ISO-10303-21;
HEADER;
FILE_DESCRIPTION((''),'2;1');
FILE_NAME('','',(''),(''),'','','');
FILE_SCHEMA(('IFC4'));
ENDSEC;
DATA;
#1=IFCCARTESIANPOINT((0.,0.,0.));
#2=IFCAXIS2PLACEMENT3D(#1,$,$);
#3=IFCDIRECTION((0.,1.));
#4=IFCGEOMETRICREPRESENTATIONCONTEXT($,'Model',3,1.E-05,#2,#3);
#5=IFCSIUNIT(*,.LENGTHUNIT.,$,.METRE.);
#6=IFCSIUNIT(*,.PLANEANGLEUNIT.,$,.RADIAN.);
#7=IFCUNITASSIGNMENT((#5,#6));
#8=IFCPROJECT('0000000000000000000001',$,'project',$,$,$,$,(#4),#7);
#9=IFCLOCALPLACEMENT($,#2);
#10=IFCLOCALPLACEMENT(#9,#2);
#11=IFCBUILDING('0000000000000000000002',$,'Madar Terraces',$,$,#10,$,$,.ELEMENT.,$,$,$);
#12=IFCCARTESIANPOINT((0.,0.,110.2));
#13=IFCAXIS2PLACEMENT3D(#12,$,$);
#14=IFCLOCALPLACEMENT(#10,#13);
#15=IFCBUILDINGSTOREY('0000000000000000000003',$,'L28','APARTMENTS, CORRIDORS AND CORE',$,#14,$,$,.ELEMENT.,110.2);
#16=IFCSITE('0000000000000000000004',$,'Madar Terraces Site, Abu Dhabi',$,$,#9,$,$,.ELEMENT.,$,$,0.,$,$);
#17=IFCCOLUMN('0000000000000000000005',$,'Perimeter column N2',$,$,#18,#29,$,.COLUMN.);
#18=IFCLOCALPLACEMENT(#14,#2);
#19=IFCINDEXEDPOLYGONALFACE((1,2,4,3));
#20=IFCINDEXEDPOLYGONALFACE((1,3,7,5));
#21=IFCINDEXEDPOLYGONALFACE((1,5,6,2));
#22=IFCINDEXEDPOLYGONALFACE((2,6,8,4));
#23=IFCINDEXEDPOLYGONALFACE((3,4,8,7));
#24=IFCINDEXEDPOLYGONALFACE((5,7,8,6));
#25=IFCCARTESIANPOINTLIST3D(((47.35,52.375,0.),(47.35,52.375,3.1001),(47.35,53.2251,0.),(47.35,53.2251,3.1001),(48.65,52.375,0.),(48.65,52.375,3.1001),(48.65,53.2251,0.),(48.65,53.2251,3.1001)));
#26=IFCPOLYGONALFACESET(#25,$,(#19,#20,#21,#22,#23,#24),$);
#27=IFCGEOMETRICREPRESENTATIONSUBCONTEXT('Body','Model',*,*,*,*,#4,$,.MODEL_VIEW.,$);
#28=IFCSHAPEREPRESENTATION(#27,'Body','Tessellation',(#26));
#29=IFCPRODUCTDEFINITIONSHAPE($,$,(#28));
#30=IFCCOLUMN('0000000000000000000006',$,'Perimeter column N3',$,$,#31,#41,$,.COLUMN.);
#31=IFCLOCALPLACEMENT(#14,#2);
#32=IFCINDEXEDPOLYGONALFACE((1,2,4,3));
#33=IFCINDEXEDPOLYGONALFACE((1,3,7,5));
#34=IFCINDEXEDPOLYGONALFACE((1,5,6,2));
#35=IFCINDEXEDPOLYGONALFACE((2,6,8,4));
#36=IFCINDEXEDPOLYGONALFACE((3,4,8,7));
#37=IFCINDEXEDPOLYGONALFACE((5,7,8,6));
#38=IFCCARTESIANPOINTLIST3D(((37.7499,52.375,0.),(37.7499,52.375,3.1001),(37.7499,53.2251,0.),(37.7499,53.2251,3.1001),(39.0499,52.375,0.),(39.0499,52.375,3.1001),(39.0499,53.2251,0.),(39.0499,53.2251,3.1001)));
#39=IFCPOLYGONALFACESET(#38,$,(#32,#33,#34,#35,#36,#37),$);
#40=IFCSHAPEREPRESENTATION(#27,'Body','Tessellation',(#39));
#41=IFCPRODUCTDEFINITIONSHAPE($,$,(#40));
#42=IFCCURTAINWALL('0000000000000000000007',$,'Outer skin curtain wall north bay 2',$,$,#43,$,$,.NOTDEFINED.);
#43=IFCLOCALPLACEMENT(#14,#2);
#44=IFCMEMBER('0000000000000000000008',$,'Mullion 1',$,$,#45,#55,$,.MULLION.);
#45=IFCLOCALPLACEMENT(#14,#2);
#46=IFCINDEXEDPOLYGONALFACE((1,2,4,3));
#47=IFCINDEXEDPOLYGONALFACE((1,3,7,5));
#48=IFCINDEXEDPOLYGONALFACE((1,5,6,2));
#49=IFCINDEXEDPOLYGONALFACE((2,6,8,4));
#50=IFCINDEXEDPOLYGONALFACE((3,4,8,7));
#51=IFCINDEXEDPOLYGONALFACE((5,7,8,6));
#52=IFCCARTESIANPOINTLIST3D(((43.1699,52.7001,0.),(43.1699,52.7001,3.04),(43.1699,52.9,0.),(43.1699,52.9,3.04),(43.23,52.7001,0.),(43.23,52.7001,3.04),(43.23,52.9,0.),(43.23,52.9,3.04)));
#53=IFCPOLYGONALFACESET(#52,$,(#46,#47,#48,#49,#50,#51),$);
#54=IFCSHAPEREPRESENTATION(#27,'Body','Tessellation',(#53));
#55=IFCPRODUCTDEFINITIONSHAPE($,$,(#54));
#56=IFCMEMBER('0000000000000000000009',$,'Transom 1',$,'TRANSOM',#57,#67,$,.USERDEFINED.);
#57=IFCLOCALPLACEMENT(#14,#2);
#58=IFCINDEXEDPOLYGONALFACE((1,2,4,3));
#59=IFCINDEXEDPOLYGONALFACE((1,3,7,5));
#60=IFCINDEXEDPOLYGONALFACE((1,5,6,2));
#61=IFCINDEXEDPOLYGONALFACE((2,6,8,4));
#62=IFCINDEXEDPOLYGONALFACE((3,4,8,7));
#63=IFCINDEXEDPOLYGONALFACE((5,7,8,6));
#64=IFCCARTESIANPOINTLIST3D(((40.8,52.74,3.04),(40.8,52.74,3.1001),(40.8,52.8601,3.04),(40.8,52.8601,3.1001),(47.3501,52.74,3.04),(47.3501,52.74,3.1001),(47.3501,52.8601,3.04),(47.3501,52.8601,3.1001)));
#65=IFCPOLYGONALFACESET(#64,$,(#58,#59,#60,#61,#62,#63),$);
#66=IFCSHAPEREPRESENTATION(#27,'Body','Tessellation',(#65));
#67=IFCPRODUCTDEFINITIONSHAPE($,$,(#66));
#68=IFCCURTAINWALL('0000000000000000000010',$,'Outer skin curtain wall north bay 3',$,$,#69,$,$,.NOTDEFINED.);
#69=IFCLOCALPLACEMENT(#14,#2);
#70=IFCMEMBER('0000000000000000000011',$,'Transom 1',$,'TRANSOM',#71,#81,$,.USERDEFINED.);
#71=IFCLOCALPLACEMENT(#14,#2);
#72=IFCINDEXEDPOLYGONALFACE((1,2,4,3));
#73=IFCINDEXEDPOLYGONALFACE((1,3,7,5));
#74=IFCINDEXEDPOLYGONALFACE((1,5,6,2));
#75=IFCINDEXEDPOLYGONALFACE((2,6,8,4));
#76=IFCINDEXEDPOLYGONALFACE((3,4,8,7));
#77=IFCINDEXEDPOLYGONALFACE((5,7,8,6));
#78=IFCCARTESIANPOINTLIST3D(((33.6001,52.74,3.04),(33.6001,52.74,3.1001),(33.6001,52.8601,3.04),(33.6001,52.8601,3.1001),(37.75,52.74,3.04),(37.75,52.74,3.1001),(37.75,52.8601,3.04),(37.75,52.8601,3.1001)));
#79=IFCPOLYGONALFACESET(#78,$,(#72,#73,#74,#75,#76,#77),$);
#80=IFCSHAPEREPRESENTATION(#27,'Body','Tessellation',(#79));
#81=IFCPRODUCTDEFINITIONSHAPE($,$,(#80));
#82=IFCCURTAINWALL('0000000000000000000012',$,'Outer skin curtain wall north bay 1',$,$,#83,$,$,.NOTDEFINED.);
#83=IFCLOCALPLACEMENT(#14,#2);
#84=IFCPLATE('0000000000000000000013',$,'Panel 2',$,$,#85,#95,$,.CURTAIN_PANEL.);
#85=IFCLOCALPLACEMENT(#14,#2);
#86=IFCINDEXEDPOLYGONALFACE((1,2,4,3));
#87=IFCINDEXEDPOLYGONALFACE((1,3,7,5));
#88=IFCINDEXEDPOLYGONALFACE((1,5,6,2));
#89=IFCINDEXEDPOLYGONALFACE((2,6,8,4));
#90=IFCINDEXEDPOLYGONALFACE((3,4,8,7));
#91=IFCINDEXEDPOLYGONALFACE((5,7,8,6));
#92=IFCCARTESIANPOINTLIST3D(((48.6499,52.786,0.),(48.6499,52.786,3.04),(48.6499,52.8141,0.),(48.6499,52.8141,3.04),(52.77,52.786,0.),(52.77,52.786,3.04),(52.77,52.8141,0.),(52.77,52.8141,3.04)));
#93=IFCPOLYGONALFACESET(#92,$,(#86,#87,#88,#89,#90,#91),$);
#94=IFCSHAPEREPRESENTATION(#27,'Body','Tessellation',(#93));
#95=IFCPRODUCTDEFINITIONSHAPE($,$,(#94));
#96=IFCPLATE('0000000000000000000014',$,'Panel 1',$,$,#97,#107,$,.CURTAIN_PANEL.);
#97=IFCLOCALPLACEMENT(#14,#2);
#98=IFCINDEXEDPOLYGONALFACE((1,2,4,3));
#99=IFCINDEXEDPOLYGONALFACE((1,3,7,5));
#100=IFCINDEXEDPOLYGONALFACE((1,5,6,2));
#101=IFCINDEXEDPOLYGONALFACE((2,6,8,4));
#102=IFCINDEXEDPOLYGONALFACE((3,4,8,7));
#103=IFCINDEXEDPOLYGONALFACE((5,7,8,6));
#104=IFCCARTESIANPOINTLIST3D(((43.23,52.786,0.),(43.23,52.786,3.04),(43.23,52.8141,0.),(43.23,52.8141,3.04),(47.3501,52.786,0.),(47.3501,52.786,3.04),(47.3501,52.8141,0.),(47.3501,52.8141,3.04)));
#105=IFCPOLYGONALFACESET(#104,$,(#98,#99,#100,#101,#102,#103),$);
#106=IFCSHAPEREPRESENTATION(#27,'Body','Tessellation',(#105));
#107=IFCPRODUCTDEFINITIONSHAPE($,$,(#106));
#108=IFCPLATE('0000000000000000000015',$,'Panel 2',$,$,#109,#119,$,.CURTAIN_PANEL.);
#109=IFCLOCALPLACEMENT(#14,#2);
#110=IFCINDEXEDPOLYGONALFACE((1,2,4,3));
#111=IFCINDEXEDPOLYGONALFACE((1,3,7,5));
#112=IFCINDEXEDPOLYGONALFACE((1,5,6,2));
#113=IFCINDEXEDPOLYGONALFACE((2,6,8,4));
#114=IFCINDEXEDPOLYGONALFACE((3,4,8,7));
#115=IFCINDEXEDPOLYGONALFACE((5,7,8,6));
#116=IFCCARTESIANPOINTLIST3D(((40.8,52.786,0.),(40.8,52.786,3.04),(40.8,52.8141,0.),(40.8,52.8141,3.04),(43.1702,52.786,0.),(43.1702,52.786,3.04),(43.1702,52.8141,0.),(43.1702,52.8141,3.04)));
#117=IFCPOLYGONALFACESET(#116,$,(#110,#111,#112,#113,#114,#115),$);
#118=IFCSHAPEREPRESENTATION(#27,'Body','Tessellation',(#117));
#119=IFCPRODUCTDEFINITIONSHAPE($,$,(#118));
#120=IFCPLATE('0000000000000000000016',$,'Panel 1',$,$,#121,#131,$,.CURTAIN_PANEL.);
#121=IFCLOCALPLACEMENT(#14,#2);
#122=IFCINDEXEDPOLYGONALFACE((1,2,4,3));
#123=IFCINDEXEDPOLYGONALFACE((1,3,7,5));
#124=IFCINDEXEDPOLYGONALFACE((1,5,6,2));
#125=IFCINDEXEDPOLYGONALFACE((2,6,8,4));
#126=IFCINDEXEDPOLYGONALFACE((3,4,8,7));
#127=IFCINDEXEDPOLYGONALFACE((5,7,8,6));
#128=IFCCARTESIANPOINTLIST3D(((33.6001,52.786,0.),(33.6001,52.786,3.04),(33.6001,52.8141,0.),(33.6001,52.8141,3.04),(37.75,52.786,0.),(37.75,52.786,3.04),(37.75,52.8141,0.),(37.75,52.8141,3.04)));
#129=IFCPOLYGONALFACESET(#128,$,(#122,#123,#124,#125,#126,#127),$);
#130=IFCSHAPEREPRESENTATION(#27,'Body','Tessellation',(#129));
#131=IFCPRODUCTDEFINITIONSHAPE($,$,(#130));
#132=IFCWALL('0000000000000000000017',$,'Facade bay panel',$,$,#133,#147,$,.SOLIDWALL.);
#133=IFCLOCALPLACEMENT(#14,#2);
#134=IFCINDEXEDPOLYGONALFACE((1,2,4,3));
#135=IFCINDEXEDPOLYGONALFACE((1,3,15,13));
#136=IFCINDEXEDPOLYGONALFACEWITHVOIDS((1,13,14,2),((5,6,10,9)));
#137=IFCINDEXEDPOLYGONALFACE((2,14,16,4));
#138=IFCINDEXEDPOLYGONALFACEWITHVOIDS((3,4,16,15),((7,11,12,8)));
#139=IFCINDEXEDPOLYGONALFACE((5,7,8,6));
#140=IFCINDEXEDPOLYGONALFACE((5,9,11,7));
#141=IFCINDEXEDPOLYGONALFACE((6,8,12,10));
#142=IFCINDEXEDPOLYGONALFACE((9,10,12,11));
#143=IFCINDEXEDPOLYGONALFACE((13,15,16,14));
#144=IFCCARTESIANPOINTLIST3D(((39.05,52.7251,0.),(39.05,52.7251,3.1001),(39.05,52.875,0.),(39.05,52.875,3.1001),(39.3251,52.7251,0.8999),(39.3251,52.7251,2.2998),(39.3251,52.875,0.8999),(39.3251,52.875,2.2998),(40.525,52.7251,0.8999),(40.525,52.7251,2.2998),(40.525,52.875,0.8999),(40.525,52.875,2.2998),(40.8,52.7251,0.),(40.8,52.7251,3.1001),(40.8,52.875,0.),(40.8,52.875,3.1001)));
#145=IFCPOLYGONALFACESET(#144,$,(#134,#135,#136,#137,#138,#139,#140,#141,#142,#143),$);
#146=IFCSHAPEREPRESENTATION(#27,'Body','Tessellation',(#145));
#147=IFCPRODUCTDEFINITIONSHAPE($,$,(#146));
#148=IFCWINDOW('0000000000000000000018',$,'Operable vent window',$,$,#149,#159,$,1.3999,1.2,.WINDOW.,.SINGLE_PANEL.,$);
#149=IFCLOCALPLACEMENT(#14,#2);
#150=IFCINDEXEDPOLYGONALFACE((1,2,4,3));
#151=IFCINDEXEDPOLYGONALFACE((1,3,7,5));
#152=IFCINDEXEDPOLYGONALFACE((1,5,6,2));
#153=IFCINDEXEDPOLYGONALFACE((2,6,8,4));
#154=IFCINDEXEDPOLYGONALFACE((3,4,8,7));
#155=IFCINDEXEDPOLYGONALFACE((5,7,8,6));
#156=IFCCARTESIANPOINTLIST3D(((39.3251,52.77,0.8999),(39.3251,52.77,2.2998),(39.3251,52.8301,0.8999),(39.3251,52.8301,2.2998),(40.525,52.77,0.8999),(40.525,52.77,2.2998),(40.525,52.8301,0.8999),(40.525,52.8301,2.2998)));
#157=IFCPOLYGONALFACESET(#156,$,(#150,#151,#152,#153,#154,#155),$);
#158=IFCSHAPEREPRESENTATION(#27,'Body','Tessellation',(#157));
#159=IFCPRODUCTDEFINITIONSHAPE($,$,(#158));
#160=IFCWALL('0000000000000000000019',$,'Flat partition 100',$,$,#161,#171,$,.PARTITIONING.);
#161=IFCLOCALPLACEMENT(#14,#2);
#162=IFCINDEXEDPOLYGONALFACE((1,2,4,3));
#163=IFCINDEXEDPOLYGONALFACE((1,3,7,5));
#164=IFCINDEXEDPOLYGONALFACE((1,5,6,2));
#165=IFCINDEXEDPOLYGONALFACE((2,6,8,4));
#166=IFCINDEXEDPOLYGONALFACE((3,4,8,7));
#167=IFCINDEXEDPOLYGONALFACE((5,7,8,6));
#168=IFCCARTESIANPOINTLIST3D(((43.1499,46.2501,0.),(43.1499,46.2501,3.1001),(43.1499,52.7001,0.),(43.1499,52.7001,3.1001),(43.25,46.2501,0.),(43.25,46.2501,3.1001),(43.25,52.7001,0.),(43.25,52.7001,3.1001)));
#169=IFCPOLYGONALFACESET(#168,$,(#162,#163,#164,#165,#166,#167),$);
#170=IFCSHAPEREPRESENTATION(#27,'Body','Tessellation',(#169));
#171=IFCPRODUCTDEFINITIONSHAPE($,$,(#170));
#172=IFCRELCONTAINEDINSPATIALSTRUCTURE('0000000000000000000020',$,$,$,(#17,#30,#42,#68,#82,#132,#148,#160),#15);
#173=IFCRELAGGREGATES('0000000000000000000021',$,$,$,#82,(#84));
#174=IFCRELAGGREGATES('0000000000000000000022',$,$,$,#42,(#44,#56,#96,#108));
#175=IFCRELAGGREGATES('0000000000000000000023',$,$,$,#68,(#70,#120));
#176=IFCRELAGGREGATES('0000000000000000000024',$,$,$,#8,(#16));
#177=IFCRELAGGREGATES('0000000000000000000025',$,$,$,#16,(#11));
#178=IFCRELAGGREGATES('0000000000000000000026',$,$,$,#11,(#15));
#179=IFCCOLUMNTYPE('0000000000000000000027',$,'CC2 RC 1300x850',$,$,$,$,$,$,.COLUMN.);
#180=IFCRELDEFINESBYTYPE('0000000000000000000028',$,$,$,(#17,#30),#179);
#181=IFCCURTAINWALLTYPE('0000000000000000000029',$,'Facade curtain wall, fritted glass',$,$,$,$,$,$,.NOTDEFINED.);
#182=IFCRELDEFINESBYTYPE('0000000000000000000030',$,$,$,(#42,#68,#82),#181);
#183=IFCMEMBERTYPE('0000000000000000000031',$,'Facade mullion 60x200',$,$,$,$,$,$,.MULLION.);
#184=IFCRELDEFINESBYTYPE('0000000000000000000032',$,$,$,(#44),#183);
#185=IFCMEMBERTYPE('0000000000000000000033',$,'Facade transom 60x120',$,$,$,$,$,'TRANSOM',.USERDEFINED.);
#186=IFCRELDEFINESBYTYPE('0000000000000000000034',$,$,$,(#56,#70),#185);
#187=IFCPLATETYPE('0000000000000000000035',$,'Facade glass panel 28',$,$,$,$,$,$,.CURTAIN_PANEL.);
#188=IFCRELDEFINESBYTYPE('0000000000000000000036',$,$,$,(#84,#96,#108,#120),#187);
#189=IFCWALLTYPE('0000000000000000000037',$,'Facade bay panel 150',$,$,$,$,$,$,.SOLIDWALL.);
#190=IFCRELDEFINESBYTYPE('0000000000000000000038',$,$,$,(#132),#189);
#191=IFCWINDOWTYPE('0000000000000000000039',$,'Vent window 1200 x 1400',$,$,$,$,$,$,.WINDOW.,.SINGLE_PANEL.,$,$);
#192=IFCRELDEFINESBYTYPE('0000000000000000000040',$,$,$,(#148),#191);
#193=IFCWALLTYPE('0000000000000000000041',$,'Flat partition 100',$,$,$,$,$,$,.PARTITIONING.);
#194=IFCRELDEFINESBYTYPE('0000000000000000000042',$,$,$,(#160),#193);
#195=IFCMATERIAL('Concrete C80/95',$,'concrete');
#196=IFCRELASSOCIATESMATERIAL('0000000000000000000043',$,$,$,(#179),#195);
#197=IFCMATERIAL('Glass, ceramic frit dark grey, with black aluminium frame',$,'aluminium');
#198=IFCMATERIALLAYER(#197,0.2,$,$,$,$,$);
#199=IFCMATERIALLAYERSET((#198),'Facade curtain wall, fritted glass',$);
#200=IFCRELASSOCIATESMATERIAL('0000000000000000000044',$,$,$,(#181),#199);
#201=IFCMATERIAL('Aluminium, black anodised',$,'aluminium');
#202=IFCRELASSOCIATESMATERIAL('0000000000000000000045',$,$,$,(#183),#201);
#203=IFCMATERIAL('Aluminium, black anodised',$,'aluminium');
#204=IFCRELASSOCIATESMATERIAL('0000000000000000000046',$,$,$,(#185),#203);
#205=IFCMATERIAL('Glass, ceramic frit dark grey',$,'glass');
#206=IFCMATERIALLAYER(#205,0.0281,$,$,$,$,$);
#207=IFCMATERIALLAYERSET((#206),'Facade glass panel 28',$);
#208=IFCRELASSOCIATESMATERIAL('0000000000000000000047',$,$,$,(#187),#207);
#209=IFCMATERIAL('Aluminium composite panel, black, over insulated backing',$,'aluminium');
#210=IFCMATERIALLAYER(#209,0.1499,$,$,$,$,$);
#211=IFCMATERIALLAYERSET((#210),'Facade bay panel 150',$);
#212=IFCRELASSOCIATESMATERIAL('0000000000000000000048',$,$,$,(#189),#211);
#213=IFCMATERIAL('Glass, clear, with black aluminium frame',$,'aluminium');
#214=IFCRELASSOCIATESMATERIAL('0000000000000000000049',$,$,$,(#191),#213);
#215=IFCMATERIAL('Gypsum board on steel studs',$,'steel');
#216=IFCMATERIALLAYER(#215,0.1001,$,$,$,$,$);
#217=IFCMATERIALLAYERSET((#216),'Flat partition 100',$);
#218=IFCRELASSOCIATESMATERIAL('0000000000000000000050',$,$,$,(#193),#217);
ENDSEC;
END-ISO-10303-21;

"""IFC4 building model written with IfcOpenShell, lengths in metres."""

from ifc_helpers import new_model, si_unit, direction, frame, frame_2d, origin, origin_2d, place, context, subcontext, project, spatial, rectangle, extrude, material, layer, layer_set, material_profile, profile_set, type_object, element, fill, aggregate, save


model = new_model("IFC4")

# Units and contexts
model_context = context("Model", 3, precision=1e-05, world=origin(), true_north=direction((0.0, 1.0)))
body_context = subcontext(model_context, "Body", "Model", "MODEL_VIEW")
ifc_project = project(units=[si_unit("LENGTHUNIT", "METRE"), si_unit("PLANEANGLEUNIT", "RADIAN")], contexts=[model_context])

# Site, building, storey
site_placement = place(None, origin())
site = spatial("IfcSite", under=ifc_project, at=site_placement, Name="Madar Terraces Site, Abu Dhabi", CompositionType="ELEMENT", RefElevation=0.0)
building_placement = place(site_placement, origin())
building = spatial("IfcBuilding", under=site, at=building_placement, Name="Madar Terraces", CompositionType="ELEMENT")
storey_placement = place(building_placement, frame((0.0, 0.0, 110.2)))
storey = spatial("IfcBuildingStorey", under=building, at=storey_placement, Name="L28", Description="APARTMENTS, CORRIDORS AND CORE", CompositionType="ELEMENT", Elevation=110.2)

# Columns
ifc_material_1 = material(Name="Concrete C80/95", Category="concrete")
ifc_material_profile_1 = material_profile(ifc_material_1, rectangle(XDim=1.3, YDim=0.8501, at=origin_2d()), Name="CC2 RC 1300x850")
ifc_profile_set_1 = profile_set([ifc_material_profile_1], Name="Concrete C80/95")
column_type = type_object("IfcColumnType", Name="CC2 RC 1300x850", PredefinedType="COLUMN", material=ifc_profile_set_1)
for number, where, z_axis, x_axis, name in (
    (1, (48.0, 52.8, 0.0), (0.0, 0.0, 1.0), (1.0, 0.0, 0.0), "Perimeter column N2"),
    (2, (38.3999, 52.8, 0.0), (0.0, 0.0, 1.0), (1.0, 0.0, 0.0), "Perimeter column N3"),
):
    element("IfcColumn", number, at=place(storey_placement, frame(where, z_axis=z_axis, x_axis=x_axis)), inside=storey, type_object=column_type, Name=name, PredefinedType="COLUMN", context=body_context, shape_type="SweptSolid", body=[
        extrude(rectangle(XDim=1.3, YDim=0.8501, at=origin_2d()), origin(), (0.0, 0.0, 1.0), 3.1001),
    ])

# Curtain wall, members
ifc_material_2 = material(Name="Glass, ceramic frit dark grey, with black aluminium frame", Category="aluminium")
ifc_layer_1 = layer(ifc_material_2, 0.2)
ifc_layer_set_1 = layer_set([ifc_layer_1], Name="Facade curtain wall, fritted glass")
curtain_wall_type = type_object("IfcCurtainWallType", Name="Facade curtain wall, fritted glass", PredefinedType="NOTDEFINED", material=ifc_layer_set_1)
curtain_wall_1_placement = place(storey_placement, origin())
curtain_wall_1 = element("IfcCurtainWall", 3, at=curtain_wall_1_placement, inside=storey, type_object=curtain_wall_type, Name="Outer skin curtain wall north bay 2", PredefinedType="NOTDEFINED")
ifc_material_3 = material(Name="Aluminium, black anodised", Category="aluminium")
ifc_material_profile_2 = material_profile(ifc_material_3, rectangle(XDim=0.2, YDim=0.0601, at=origin_2d()), Name="Facade mullion 60x200")
ifc_profile_set_2 = profile_set([ifc_material_profile_2], Name="Aluminium, black anodised")
member_type_1 = type_object("IfcMemberType", Name="Facade mullion 60x200", PredefinedType="MULLION", material=ifc_profile_set_2)
member_1_placement = place(storey_placement, frame((43.2, 52.8, 0.0), z_axis=(0.0, 0.0, 1.0), x_axis=(0.0, -1.0, 0.0)))
member_1 = element("IfcMember", 4, at=member_1_placement, type_object=member_type_1, Name="Mullion 1", PredefinedType="MULLION", context=body_context, shape_type="SweptSolid", body=[
    extrude(rectangle(XDim=0.2, YDim=0.0601, at=origin_2d()), origin(), (0.0, 0.0, 1.0), 3.04),
])
ifc_material_4 = material(Name="Aluminium, black anodised", Category="aluminium")
ifc_material_profile_3 = material_profile(ifc_material_4, rectangle(XDim=0.1201, YDim=0.0601, at=origin_2d()), Name="Facade transom 60x120")
ifc_profile_set_3 = profile_set([ifc_material_profile_3], Name="Aluminium, black anodised")
member_type_2 = type_object("IfcMemberType", Name="Facade transom 60x120", ElementType="TRANSOM", PredefinedType="USERDEFINED", material=ifc_profile_set_3)
member_2_placement = place(storey_placement, frame((47.3501, 52.8, 3.0701), z_axis=(-1.0, 0.0, 0.0), x_axis=(0.0, -1.0, 0.0)))
member_2 = element("IfcMember", 5, at=member_2_placement, type_object=member_type_2, Name="Transom 1", ObjectType="TRANSOM", PredefinedType="USERDEFINED", context=body_context, shape_type="SweptSolid", body=[
    extrude(rectangle(XDim=0.1201, YDim=0.0601, at=origin_2d()), origin(), (0.0, 0.0, 1.0), 6.55),
])

# Curtain wall, member
curtain_wall_2_placement = place(storey_placement, origin())
curtain_wall_2 = element("IfcCurtainWall", 6, at=curtain_wall_2_placement, inside=storey, type_object=curtain_wall_type, Name="Outer skin curtain wall north bay 3", PredefinedType="NOTDEFINED")
member_3_placement = place(storey_placement, frame((37.75, 52.8, 3.0701), z_axis=(-1.0, 0.0, 0.0), x_axis=(0.0, -1.0, 0.0)))
member_3 = element("IfcMember", 7, at=member_3_placement, type_object=member_type_2, Name="Transom 1", ObjectType="TRANSOM", PredefinedType="USERDEFINED", context=body_context, shape_type="SweptSolid", body=[
    extrude(rectangle(XDim=0.1201, YDim=0.0601, at=origin_2d()), origin(), (0.0, 0.0, 1.0), 4.1499),
])

# Curtain wall, plate
curtain_wall_3_placement = place(storey_placement, origin())
curtain_wall_3 = element("IfcCurtainWall", 8, at=curtain_wall_3_placement, inside=storey, type_object=curtain_wall_type, Name="Outer skin curtain wall north bay 1", PredefinedType="NOTDEFINED")
ifc_material_5 = material(Name="Glass, ceramic frit dark grey", Category="glass")
ifc_layer_2 = layer(ifc_material_5, 0.0281)
ifc_layer_set_2 = layer_set([ifc_layer_2], Name="Facade glass panel 28")
plate_type = type_object("IfcPlateType", Name="Facade glass panel 28", PredefinedType="CURTAIN_PANEL", material=ifc_layer_set_2)
plate_1_placement = place(storey_placement, frame((50.71, 52.8, 0.0), z_axis=(0.0, 0.0, 1.0), x_axis=(-1.0, 0.0, 0.0)))
plate_1 = element("IfcPlate", 9, at=plate_1_placement, type_object=plate_type, Name="Panel 2", PredefinedType="CURTAIN_PANEL", context=body_context, shape_type="SweptSolid", body=[
    extrude(rectangle(XDim=4.1201, YDim=0.0281, at=origin_2d()), origin(), (0.0, 0.0, 1.0), 3.04),
])
aggregate(curtain_wall_3, [plate_1])

# Plates
plate_2_placement = place(storey_placement, frame((45.29, 52.8, 0.0), z_axis=(0.0, 0.0, 1.0), x_axis=(-1.0, 0.0, 0.0)))
plate_2 = element("IfcPlate", 10, at=plate_2_placement, type_object=plate_type, Name="Panel 1", PredefinedType="CURTAIN_PANEL", context=body_context, shape_type="SweptSolid", body=[
    extrude(rectangle(XDim=4.1201, YDim=0.0281, at=origin_2d()), origin(), (0.0, 0.0, 1.0), 3.04),
])
plate_3_placement = place(storey_placement, frame((41.9851, 52.8, 0.0), z_axis=(0.0, 0.0, 1.0), x_axis=(-1.0, 0.0, 0.0)))
plate_3 = element("IfcPlate", 11, at=plate_3_placement, type_object=plate_type, Name="Panel 2", PredefinedType="CURTAIN_PANEL", context=body_context, shape_type="SweptSolid", body=[
    extrude(rectangle(XDim=2.3701, YDim=0.0281, at=origin_2d()), origin(), (0.0, 0.0, 1.0), 3.04),
])
aggregate(curtain_wall_1, [member_1, member_2, plate_2, plate_3])
plate_4_placement = place(storey_placement, frame((35.675, 52.8, 0.0), z_axis=(0.0, 0.0, 1.0), x_axis=(-1.0, 0.0, 0.0)))
plate_4 = element("IfcPlate", 12, at=plate_4_placement, type_object=plate_type, Name="Panel 1", PredefinedType="CURTAIN_PANEL", context=body_context, shape_type="SweptSolid", body=[
    extrude(rectangle(XDim=4.1499, YDim=0.0281, at=origin_2d()), origin(), (0.0, 0.0, 1.0), 3.04),
])
aggregate(curtain_wall_2, [member_3, plate_4])

# Wall, opening, window
ifc_material_6 = material(Name="Aluminium composite panel, black, over insulated backing", Category="aluminium")
ifc_layer_3 = layer(ifc_material_6, 0.1499)
ifc_layer_set_3 = layer_set([ifc_layer_3], Name="Facade bay panel 150")
wall_type_1 = type_object("IfcWallType", Name="Facade bay panel 150", PredefinedType="SOLIDWALL", material=ifc_layer_set_3)
wall_1_placement = place(storey_placement, frame((40.8, 52.8, 0.0), z_axis=(0.0, 0.0, 1.0), x_axis=(-1.0, 0.0, 0.0)))
wall_1 = element("IfcWall", 13, at=wall_1_placement, inside=storey, type_object=wall_type_1, Name="Facade bay panel", PredefinedType="SOLIDWALL", context=body_context, shape_type="SweptSolid", body=[
    extrude(rectangle(XDim=1.75, YDim=0.1499, at=frame_2d((0.875, 0.0))), origin(), (0.0, 0.0, 1.0), 3.1001),
])
opening_1_placement = place(wall_1_placement, frame((0.2749, 0.0, 0.8999)))
opening_1 = element("IfcOpeningElement", 14, at=opening_1_placement, cuts=wall_1, PredefinedType="OPENING", context=body_context, shape_type="SweptSolid", body=[
    extrude(rectangle(XDim=1.2, YDim=1.3999, at=frame_2d((0.6001, 0.7))), frame((0.0, 0.085, 0.0), z_axis=(0.0, -1.0, 0.0), x_axis=(1.0, 0.0, 0.0)), (0.0, 0.0, 1.0), 0.1699),
])
ifc_material_7 = material(Name="Glass, clear, with black aluminium frame", Category="aluminium")
window_type = type_object("IfcWindowType", Name="Vent window 1200 x 1400", PartitioningType="SINGLE_PANEL", PredefinedType="WINDOW", material=ifc_material_7)
window_1_placement = place(opening_1_placement, origin())
window_1 = element("IfcWindow", 15, at=window_1_placement, inside=storey, type_object=window_type, Name="Operable vent window", OverallHeight=1.3999, OverallWidth=1.2, PartitioningType="SINGLE_PANEL", PredefinedType="WINDOW", context=body_context, shape_type="SweptSolid", body=[
    extrude(rectangle(XDim=1.2, YDim=1.3999, at=frame_2d((0.6001, 0.7))), frame((0.0, 0.03, 0.0), z_axis=(0.0, -1.0, 0.0), x_axis=(1.0, 0.0, 0.0)), (0.0, 0.0, 1.0), 0.0601),
])
fill(opening_1, window_1)

# Wall
ifc_material_8 = material(Name="Gypsum board on steel studs", Category="steel")
ifc_layer_4 = layer(ifc_material_8, 0.1001)
ifc_layer_set_4 = layer_set([ifc_layer_4], Name="Flat partition 100")
wall_type_2 = type_object("IfcWallType", Name="Flat partition 100", PredefinedType="PARTITIONING", material=ifc_layer_set_4)
wall_2_placement = place(storey_placement, frame((43.2, 46.25, 0.0), z_axis=(0.0, 0.0, 1.0), x_axis=(0.0, 1.0, 0.0)))
element("IfcWall", 16, at=wall_2_placement, inside=storey, type_object=wall_type_2, Name="Flat partition 100", PredefinedType="PARTITIONING", context=body_context, shape_type="SweptSolid", body=[
    extrude(rectangle(XDim=6.45, YDim=0.1001, at=frame_2d((3.2251, 0.0))), origin(), (0.0, 0.0, 1.0), 3.1001),
])

save(model, "model.ifc")
